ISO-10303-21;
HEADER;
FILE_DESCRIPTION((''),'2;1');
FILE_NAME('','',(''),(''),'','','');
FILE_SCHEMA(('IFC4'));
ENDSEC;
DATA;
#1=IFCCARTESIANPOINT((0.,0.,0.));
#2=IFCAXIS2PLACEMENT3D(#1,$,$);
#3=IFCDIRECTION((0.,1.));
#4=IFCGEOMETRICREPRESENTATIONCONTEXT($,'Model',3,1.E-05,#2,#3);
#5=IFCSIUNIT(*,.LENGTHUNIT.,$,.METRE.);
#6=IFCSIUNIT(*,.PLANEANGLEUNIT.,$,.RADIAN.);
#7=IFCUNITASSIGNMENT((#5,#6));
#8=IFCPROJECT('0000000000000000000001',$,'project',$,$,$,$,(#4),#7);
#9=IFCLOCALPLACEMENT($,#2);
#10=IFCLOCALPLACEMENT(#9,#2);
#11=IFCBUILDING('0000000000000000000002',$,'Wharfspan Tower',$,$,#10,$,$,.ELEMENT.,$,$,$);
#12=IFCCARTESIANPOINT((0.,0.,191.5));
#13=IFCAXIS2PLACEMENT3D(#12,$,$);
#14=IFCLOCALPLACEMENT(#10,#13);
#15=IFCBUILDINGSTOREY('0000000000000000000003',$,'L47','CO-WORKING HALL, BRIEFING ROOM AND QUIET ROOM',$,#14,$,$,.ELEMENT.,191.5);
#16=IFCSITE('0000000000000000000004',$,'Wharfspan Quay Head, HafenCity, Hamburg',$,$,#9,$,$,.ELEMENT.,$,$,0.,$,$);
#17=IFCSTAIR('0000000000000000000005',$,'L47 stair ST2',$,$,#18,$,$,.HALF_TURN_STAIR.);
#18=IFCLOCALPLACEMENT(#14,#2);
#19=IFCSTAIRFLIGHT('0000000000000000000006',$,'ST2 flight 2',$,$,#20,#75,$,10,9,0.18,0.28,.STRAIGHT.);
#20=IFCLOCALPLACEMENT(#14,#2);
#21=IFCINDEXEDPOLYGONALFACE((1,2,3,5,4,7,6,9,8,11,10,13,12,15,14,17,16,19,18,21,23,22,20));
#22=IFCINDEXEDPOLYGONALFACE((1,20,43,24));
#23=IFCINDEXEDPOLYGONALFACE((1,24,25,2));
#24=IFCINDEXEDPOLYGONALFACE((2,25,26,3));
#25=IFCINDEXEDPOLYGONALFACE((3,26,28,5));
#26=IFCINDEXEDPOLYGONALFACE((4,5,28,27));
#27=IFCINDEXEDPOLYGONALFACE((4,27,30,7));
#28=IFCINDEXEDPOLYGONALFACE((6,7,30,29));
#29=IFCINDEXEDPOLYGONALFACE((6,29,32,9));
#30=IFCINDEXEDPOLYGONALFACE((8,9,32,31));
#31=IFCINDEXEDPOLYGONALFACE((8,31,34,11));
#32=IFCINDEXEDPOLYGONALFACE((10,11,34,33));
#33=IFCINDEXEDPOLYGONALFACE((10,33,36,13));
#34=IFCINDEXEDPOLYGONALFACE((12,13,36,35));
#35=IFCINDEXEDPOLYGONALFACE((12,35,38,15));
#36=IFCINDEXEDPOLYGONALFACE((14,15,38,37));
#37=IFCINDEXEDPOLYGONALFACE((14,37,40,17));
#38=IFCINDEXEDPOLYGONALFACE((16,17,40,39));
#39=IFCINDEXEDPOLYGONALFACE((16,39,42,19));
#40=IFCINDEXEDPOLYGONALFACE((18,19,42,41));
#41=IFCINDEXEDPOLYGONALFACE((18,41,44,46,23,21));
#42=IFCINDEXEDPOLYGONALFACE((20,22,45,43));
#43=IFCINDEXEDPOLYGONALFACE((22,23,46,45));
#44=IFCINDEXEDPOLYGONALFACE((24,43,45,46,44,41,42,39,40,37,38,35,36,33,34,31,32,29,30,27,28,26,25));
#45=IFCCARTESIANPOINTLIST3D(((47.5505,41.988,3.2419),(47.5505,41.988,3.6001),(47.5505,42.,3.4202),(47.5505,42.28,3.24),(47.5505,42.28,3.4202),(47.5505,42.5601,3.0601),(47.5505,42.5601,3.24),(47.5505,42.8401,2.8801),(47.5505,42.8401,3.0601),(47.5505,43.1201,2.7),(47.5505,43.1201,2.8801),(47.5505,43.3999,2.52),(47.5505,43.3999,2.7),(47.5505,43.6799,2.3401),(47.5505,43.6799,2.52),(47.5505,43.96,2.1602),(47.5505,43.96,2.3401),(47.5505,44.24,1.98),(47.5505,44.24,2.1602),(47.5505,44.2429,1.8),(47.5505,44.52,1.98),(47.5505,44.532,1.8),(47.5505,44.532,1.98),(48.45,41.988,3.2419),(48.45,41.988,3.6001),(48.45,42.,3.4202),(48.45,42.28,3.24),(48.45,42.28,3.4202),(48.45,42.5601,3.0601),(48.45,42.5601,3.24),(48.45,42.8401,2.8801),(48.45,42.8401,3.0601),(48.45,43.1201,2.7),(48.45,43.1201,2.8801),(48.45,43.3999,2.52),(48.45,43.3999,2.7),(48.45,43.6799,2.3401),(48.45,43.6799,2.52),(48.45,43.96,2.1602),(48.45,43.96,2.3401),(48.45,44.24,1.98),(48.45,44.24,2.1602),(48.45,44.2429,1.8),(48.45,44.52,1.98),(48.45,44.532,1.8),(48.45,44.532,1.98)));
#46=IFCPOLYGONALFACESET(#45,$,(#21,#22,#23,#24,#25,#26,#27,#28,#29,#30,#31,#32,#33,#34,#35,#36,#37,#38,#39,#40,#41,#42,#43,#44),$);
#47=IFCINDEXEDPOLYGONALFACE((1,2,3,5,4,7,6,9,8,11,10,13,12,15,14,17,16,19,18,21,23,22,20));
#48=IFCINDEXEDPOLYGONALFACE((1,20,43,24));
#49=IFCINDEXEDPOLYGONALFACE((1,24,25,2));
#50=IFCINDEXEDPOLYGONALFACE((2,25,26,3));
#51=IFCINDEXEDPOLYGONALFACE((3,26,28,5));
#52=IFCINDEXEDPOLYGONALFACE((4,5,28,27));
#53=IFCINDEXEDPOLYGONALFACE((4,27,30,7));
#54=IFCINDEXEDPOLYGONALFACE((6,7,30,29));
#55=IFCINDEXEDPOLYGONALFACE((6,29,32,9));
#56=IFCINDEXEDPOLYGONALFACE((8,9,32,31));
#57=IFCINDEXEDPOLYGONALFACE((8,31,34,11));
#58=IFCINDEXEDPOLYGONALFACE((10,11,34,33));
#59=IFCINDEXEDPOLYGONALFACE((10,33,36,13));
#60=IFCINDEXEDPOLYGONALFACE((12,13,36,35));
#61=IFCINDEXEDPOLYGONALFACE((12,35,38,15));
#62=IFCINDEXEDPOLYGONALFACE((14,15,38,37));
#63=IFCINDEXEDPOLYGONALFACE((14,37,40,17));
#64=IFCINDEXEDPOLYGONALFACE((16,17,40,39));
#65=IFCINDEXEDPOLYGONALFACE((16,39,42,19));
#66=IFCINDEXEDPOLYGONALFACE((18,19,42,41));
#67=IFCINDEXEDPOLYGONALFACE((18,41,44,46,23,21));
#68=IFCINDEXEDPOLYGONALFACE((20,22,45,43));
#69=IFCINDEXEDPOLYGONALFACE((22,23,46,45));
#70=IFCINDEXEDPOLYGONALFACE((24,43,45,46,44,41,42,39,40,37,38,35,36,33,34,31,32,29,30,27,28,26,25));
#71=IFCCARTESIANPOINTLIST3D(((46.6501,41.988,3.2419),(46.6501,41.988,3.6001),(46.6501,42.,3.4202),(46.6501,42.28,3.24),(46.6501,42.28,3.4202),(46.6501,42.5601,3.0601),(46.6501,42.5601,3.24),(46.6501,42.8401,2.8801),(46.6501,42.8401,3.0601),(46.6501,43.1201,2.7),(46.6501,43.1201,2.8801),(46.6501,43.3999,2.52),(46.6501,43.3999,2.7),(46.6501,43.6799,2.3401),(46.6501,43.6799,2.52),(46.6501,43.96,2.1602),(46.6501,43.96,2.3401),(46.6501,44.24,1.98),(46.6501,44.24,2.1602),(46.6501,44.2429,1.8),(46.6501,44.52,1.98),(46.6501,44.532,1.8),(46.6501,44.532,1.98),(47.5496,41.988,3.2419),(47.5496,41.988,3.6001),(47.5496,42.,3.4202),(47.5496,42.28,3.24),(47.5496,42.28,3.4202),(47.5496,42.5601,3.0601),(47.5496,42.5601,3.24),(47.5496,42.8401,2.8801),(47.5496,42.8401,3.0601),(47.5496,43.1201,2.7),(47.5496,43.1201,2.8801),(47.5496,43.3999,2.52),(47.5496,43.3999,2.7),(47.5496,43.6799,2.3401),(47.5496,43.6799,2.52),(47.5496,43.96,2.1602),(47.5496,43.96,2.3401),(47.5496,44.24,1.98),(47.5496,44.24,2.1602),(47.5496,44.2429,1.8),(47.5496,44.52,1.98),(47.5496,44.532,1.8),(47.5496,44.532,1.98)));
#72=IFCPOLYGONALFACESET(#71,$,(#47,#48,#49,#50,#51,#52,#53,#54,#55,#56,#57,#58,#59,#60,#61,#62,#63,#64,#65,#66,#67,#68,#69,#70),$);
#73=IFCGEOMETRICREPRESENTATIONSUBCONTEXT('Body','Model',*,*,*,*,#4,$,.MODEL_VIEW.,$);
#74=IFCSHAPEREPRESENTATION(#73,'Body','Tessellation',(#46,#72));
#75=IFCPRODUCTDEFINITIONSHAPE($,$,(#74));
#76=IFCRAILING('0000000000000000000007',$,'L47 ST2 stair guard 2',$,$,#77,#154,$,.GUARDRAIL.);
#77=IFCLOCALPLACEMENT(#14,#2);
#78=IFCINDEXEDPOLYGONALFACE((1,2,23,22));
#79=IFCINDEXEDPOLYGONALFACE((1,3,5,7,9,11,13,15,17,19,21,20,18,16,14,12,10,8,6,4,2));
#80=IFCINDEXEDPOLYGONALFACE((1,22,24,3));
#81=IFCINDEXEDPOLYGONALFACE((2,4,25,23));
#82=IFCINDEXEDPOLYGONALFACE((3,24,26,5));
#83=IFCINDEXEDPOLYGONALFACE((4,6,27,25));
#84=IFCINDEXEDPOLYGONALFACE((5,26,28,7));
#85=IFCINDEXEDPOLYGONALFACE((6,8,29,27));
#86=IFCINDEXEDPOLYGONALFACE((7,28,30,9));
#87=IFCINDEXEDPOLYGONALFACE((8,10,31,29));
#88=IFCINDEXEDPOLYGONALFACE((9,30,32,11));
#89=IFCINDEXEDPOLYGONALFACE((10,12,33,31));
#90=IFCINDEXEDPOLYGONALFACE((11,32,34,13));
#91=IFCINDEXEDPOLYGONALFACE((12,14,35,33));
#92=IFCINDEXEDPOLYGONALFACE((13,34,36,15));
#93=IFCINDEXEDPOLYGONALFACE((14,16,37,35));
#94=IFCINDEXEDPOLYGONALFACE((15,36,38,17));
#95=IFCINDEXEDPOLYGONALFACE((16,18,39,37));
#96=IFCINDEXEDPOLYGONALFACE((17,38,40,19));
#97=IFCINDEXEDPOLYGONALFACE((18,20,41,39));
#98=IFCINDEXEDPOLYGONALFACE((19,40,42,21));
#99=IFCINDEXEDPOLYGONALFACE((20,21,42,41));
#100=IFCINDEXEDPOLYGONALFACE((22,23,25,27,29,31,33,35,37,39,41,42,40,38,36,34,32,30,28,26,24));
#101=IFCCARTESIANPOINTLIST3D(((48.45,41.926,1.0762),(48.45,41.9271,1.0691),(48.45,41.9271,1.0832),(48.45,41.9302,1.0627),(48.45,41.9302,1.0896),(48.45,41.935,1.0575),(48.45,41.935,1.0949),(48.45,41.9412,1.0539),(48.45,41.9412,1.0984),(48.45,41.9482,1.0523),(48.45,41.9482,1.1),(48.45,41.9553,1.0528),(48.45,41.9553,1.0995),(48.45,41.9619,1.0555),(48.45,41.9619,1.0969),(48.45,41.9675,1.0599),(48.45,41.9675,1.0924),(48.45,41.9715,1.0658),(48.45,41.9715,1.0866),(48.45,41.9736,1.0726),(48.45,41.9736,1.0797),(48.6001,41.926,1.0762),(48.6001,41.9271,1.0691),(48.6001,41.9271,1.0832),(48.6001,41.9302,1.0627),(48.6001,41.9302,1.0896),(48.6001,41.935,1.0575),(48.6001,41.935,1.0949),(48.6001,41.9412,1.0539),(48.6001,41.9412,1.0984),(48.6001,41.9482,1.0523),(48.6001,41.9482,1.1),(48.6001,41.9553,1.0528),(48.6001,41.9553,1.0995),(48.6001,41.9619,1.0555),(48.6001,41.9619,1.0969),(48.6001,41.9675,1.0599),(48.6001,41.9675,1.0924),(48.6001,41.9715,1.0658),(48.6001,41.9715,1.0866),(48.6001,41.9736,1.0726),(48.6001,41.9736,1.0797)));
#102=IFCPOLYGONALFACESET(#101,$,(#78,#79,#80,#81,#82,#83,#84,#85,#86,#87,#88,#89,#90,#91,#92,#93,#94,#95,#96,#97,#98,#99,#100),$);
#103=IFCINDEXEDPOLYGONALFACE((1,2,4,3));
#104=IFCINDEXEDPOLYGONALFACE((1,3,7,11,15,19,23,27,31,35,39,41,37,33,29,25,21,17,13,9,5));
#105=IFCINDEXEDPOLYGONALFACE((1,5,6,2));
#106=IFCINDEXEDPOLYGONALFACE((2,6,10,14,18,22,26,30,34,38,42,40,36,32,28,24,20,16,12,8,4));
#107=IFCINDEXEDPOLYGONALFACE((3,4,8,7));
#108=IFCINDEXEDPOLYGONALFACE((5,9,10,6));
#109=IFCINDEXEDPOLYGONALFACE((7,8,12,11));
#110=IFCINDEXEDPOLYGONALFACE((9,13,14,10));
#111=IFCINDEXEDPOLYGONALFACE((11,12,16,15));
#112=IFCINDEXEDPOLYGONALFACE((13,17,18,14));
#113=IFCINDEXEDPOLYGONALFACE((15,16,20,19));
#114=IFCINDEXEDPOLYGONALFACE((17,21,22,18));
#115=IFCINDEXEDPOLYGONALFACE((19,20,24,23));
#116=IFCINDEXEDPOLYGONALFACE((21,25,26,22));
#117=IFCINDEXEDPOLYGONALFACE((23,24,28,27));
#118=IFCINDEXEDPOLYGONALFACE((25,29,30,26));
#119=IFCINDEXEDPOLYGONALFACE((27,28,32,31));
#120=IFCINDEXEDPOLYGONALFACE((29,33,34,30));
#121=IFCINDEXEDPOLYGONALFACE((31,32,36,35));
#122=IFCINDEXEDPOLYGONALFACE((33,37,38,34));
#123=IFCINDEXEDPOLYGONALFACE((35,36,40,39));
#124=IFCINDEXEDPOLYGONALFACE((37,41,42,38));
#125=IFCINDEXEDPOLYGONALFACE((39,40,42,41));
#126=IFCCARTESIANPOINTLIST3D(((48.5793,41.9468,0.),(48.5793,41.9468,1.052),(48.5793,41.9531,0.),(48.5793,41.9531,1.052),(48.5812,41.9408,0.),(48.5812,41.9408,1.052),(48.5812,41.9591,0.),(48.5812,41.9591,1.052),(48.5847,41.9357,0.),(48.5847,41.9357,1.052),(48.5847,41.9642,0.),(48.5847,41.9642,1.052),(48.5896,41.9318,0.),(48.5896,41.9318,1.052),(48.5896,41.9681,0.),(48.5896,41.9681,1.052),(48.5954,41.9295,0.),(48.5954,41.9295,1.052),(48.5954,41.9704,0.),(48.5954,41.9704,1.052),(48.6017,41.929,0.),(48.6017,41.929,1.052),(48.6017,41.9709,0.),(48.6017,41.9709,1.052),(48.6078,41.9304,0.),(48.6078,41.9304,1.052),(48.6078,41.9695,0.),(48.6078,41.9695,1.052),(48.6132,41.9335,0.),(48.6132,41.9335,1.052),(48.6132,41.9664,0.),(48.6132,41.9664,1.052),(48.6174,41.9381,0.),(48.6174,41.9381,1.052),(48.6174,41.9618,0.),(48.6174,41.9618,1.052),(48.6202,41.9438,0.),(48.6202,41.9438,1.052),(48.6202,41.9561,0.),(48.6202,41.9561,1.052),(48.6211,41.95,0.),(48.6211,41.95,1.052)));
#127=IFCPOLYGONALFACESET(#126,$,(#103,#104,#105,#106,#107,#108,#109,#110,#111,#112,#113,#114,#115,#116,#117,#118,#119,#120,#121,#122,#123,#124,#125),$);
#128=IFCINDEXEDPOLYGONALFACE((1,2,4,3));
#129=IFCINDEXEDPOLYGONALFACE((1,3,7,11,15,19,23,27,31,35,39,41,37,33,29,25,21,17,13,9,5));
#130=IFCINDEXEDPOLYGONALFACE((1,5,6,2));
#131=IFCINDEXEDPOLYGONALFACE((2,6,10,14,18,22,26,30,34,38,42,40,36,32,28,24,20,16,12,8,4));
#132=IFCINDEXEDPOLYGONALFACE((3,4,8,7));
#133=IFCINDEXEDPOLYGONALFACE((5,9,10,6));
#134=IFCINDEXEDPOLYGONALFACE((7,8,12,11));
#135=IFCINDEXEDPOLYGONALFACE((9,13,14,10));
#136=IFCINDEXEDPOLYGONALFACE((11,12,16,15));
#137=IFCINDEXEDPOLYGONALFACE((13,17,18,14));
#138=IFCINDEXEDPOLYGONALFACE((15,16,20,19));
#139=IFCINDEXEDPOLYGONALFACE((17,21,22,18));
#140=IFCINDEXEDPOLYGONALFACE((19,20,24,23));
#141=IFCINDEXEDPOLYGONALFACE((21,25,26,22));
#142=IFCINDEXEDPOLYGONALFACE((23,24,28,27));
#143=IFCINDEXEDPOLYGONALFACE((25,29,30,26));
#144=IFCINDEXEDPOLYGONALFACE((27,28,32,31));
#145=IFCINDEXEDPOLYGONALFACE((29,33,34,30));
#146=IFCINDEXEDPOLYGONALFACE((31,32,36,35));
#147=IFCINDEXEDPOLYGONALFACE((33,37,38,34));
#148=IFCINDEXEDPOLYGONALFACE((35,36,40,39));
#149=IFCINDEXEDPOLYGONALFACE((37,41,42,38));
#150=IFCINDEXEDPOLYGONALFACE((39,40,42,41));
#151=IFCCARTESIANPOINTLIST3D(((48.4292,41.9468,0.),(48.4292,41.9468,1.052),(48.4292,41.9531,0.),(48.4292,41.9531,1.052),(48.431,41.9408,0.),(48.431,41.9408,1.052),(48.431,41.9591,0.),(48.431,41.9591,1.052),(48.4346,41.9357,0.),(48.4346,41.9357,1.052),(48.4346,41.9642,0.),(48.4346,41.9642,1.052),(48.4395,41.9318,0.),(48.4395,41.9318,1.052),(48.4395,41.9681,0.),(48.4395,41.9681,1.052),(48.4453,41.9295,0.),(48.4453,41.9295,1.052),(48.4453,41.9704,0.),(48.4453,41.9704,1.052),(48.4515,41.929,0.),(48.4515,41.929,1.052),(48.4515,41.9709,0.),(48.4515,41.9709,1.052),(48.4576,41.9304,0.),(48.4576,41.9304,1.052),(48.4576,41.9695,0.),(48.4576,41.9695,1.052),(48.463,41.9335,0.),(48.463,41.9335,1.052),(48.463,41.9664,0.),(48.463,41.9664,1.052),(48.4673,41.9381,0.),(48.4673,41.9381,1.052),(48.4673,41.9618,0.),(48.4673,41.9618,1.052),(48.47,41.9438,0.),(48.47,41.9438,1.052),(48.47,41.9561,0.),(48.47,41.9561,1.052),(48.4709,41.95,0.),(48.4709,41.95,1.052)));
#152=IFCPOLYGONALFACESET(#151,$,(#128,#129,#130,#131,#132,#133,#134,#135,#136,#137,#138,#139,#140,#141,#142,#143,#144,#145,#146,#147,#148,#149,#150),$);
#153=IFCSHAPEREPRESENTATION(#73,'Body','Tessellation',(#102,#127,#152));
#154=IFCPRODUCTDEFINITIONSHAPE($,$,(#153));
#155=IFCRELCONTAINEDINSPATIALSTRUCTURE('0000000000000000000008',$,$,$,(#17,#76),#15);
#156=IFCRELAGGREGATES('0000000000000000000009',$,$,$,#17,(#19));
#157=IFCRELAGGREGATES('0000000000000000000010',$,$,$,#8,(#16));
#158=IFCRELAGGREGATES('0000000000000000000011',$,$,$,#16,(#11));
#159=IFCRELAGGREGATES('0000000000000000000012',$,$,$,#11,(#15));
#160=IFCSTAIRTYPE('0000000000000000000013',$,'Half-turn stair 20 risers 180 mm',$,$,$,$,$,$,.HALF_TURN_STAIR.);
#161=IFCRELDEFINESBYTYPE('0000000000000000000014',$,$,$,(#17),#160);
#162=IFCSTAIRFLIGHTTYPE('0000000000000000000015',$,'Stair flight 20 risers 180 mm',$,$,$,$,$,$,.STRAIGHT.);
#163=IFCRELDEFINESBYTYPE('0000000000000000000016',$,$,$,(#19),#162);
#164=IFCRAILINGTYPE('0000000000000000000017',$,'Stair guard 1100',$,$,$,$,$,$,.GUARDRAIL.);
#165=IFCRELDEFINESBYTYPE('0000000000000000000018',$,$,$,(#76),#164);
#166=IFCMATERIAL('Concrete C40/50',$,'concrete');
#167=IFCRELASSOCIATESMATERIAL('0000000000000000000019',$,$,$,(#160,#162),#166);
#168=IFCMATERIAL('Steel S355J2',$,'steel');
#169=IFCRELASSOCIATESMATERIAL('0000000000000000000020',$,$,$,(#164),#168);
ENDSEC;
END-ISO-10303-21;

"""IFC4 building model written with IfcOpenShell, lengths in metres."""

from ifc_helpers import new_model, si_unit, direction, frame, origin, origin_2d, place, context, subcontext, project, spatial, polyline, circle, outline, extrude, material, type_object, element, aggregate, save


model = new_model("IFC4")

# Units and contexts
model_context = context("Model", 3, precision=1e-05, world=origin(), true_north=direction((0.0, 1.0)))
body_context = subcontext(model_context, "Body", "Model", "MODEL_VIEW")
ifc_project = project(units=[si_unit("LENGTHUNIT", "METRE"), si_unit("PLANEANGLEUNIT", "RADIAN")], contexts=[model_context])

# Site, building, storey
site_placement = place(None, origin())
site = spatial("IfcSite", under=ifc_project, at=site_placement, Name="Wharfspan Quay Head, HafenCity, Hamburg", CompositionType="ELEMENT", RefElevation=0.0)
building_placement = place(site_placement, origin())
building = spatial("IfcBuilding", under=site, at=building_placement, Name="Wharfspan Tower", CompositionType="ELEMENT")
storey_placement = place(building_placement, frame((0.0, 0.0, 191.5)))
storey = spatial("IfcBuildingStorey", under=building, at=storey_placement, Name="L47", Description="CO-WORKING HALL, BRIEFING ROOM AND QUIET ROOM", CompositionType="ELEMENT", Elevation=191.5)

# Shared definitions
ifc_material_1 = material(Name="Steel S355J2", Category="steel")

# Shared definitions
ifc_material_2 = material(Name="Concrete C40/50", Category="concrete")

# Stair, stair flight
stair_type = type_object("IfcStairType", Name="Half-turn stair 20 risers 180 mm", PredefinedType="HALF_TURN_STAIR", material=ifc_material_2)
stair_placement = place(storey_placement, origin())
stair = element("IfcStair", 1, at=stair_placement, inside=storey, type_object=stair_type, Name="L47 stair ST2", PredefinedType="HALF_TURN_STAIR")
stair_flight_type = type_object("IfcStairFlightType", Name="Stair flight 20 risers 180 mm", PredefinedType="STRAIGHT", material=ifc_material_2)
stair_flight_1_placement = place(storey_placement, frame((47.55, 44.52, 1.8), z_axis=(0.0, 0.0, 1.0), x_axis=(0.0, -1.0, 0.0)))
stair_flight_1 = element("IfcStairFlight", 2, at=stair_flight_1_placement, type_object=stair_flight_type, Name="ST2 flight 2", NumberOfRisers=10, NumberOfTreads=9, PredefinedType="STRAIGHT", RiserHeight=0.18, TreadLength=0.28, context=body_context, shape_type="SweptSolid", body=[
    extrude(outline(polyline([(-0.012, 0.0), (-0.012, 0.1799), (0.0, 0.1799), (0.28, 0.1799), (0.28, 0.3601), (0.5601, 0.3601), (0.5601, 0.54), (0.8401, 0.54), (0.8401, 0.72), (1.1201, 0.72), (1.1201, 0.8999), (1.3999, 0.8999), (1.3999, 1.0801), (1.6799, 1.0801), (1.6799, 1.26), (1.96, 1.26), (1.96, 1.4399), (2.24, 1.4399), (2.24, 1.6201), (2.52, 1.6201), (2.532, 1.8), (2.532, 1.4419), (0.2771, 0.0), (-0.012, 0.0)])), frame((0.0, 0.8999, 0.0), z_axis=(0.0, -1.0, 0.0), x_axis=(1.0, 0.0, 0.0)), (0.0, 0.0, 1.0), 0.8994),
    extrude(outline(polyline([(-0.012, 0.0), (-0.012, 0.1799), (0.0, 0.1799), (0.28, 0.1799), (0.28, 0.3601), (0.5601, 0.3601), (0.5601, 0.54), (0.8401, 0.54), (0.8401, 0.72), (1.1201, 0.72), (1.1201, 0.8999), (1.3999, 0.8999), (1.3999, 1.0801), (1.6799, 1.0801), (1.6799, 1.26), (1.96, 1.26), (1.96, 1.4399), (2.24, 1.4399), (2.24, 1.6201), (2.52, 1.6201), (2.532, 1.8), (2.532, 1.4419), (0.2771, 0.0), (-0.012, 0.0)])), frame((0.0, -0.0005, 0.0), z_axis=(0.0, -1.0, 0.0), x_axis=(1.0, 0.0, 0.0)), (0.0, 0.0, 1.0), 0.8994),
])
aggregate(stair, [stair_flight_1])

# Railing
railing_type_1 = type_object("IfcRailingType", Name="Stair guard 1100", PredefinedType="GUARDRAIL", material=ifc_material_1)
railing_1_placement = place(storey_placement, frame((48.6001, 41.95, 0.0)))
element("IfcRailing", 3, at=railing_1_placement, inside=storey, type_object=railing_type_1, Name="L47 ST2 stair guard 2", PredefinedType="GUARDRAIL", context=body_context, shape_type="SweptSolid", body=[
    extrude(circle(Radius=0.0239, at=origin_2d()), frame((0.0, 0.0, 1.0762), z_axis=(-1.0, 0.0, 0.0), x_axis=(0.0, -1.0, 0.0)), (0.0, 0.0, 1.0), 0.1501),
    extrude(circle(Radius=0.021, at=origin_2d()), origin(), (0.0, 0.0, 1.0), 1.052),
    extrude(circle(Radius=0.021, at=origin_2d()), frame((-0.1501, 0.0, 0.0)), (0.0, 0.0, 1.0), 1.052),
])

save(model, "model.ifc")
